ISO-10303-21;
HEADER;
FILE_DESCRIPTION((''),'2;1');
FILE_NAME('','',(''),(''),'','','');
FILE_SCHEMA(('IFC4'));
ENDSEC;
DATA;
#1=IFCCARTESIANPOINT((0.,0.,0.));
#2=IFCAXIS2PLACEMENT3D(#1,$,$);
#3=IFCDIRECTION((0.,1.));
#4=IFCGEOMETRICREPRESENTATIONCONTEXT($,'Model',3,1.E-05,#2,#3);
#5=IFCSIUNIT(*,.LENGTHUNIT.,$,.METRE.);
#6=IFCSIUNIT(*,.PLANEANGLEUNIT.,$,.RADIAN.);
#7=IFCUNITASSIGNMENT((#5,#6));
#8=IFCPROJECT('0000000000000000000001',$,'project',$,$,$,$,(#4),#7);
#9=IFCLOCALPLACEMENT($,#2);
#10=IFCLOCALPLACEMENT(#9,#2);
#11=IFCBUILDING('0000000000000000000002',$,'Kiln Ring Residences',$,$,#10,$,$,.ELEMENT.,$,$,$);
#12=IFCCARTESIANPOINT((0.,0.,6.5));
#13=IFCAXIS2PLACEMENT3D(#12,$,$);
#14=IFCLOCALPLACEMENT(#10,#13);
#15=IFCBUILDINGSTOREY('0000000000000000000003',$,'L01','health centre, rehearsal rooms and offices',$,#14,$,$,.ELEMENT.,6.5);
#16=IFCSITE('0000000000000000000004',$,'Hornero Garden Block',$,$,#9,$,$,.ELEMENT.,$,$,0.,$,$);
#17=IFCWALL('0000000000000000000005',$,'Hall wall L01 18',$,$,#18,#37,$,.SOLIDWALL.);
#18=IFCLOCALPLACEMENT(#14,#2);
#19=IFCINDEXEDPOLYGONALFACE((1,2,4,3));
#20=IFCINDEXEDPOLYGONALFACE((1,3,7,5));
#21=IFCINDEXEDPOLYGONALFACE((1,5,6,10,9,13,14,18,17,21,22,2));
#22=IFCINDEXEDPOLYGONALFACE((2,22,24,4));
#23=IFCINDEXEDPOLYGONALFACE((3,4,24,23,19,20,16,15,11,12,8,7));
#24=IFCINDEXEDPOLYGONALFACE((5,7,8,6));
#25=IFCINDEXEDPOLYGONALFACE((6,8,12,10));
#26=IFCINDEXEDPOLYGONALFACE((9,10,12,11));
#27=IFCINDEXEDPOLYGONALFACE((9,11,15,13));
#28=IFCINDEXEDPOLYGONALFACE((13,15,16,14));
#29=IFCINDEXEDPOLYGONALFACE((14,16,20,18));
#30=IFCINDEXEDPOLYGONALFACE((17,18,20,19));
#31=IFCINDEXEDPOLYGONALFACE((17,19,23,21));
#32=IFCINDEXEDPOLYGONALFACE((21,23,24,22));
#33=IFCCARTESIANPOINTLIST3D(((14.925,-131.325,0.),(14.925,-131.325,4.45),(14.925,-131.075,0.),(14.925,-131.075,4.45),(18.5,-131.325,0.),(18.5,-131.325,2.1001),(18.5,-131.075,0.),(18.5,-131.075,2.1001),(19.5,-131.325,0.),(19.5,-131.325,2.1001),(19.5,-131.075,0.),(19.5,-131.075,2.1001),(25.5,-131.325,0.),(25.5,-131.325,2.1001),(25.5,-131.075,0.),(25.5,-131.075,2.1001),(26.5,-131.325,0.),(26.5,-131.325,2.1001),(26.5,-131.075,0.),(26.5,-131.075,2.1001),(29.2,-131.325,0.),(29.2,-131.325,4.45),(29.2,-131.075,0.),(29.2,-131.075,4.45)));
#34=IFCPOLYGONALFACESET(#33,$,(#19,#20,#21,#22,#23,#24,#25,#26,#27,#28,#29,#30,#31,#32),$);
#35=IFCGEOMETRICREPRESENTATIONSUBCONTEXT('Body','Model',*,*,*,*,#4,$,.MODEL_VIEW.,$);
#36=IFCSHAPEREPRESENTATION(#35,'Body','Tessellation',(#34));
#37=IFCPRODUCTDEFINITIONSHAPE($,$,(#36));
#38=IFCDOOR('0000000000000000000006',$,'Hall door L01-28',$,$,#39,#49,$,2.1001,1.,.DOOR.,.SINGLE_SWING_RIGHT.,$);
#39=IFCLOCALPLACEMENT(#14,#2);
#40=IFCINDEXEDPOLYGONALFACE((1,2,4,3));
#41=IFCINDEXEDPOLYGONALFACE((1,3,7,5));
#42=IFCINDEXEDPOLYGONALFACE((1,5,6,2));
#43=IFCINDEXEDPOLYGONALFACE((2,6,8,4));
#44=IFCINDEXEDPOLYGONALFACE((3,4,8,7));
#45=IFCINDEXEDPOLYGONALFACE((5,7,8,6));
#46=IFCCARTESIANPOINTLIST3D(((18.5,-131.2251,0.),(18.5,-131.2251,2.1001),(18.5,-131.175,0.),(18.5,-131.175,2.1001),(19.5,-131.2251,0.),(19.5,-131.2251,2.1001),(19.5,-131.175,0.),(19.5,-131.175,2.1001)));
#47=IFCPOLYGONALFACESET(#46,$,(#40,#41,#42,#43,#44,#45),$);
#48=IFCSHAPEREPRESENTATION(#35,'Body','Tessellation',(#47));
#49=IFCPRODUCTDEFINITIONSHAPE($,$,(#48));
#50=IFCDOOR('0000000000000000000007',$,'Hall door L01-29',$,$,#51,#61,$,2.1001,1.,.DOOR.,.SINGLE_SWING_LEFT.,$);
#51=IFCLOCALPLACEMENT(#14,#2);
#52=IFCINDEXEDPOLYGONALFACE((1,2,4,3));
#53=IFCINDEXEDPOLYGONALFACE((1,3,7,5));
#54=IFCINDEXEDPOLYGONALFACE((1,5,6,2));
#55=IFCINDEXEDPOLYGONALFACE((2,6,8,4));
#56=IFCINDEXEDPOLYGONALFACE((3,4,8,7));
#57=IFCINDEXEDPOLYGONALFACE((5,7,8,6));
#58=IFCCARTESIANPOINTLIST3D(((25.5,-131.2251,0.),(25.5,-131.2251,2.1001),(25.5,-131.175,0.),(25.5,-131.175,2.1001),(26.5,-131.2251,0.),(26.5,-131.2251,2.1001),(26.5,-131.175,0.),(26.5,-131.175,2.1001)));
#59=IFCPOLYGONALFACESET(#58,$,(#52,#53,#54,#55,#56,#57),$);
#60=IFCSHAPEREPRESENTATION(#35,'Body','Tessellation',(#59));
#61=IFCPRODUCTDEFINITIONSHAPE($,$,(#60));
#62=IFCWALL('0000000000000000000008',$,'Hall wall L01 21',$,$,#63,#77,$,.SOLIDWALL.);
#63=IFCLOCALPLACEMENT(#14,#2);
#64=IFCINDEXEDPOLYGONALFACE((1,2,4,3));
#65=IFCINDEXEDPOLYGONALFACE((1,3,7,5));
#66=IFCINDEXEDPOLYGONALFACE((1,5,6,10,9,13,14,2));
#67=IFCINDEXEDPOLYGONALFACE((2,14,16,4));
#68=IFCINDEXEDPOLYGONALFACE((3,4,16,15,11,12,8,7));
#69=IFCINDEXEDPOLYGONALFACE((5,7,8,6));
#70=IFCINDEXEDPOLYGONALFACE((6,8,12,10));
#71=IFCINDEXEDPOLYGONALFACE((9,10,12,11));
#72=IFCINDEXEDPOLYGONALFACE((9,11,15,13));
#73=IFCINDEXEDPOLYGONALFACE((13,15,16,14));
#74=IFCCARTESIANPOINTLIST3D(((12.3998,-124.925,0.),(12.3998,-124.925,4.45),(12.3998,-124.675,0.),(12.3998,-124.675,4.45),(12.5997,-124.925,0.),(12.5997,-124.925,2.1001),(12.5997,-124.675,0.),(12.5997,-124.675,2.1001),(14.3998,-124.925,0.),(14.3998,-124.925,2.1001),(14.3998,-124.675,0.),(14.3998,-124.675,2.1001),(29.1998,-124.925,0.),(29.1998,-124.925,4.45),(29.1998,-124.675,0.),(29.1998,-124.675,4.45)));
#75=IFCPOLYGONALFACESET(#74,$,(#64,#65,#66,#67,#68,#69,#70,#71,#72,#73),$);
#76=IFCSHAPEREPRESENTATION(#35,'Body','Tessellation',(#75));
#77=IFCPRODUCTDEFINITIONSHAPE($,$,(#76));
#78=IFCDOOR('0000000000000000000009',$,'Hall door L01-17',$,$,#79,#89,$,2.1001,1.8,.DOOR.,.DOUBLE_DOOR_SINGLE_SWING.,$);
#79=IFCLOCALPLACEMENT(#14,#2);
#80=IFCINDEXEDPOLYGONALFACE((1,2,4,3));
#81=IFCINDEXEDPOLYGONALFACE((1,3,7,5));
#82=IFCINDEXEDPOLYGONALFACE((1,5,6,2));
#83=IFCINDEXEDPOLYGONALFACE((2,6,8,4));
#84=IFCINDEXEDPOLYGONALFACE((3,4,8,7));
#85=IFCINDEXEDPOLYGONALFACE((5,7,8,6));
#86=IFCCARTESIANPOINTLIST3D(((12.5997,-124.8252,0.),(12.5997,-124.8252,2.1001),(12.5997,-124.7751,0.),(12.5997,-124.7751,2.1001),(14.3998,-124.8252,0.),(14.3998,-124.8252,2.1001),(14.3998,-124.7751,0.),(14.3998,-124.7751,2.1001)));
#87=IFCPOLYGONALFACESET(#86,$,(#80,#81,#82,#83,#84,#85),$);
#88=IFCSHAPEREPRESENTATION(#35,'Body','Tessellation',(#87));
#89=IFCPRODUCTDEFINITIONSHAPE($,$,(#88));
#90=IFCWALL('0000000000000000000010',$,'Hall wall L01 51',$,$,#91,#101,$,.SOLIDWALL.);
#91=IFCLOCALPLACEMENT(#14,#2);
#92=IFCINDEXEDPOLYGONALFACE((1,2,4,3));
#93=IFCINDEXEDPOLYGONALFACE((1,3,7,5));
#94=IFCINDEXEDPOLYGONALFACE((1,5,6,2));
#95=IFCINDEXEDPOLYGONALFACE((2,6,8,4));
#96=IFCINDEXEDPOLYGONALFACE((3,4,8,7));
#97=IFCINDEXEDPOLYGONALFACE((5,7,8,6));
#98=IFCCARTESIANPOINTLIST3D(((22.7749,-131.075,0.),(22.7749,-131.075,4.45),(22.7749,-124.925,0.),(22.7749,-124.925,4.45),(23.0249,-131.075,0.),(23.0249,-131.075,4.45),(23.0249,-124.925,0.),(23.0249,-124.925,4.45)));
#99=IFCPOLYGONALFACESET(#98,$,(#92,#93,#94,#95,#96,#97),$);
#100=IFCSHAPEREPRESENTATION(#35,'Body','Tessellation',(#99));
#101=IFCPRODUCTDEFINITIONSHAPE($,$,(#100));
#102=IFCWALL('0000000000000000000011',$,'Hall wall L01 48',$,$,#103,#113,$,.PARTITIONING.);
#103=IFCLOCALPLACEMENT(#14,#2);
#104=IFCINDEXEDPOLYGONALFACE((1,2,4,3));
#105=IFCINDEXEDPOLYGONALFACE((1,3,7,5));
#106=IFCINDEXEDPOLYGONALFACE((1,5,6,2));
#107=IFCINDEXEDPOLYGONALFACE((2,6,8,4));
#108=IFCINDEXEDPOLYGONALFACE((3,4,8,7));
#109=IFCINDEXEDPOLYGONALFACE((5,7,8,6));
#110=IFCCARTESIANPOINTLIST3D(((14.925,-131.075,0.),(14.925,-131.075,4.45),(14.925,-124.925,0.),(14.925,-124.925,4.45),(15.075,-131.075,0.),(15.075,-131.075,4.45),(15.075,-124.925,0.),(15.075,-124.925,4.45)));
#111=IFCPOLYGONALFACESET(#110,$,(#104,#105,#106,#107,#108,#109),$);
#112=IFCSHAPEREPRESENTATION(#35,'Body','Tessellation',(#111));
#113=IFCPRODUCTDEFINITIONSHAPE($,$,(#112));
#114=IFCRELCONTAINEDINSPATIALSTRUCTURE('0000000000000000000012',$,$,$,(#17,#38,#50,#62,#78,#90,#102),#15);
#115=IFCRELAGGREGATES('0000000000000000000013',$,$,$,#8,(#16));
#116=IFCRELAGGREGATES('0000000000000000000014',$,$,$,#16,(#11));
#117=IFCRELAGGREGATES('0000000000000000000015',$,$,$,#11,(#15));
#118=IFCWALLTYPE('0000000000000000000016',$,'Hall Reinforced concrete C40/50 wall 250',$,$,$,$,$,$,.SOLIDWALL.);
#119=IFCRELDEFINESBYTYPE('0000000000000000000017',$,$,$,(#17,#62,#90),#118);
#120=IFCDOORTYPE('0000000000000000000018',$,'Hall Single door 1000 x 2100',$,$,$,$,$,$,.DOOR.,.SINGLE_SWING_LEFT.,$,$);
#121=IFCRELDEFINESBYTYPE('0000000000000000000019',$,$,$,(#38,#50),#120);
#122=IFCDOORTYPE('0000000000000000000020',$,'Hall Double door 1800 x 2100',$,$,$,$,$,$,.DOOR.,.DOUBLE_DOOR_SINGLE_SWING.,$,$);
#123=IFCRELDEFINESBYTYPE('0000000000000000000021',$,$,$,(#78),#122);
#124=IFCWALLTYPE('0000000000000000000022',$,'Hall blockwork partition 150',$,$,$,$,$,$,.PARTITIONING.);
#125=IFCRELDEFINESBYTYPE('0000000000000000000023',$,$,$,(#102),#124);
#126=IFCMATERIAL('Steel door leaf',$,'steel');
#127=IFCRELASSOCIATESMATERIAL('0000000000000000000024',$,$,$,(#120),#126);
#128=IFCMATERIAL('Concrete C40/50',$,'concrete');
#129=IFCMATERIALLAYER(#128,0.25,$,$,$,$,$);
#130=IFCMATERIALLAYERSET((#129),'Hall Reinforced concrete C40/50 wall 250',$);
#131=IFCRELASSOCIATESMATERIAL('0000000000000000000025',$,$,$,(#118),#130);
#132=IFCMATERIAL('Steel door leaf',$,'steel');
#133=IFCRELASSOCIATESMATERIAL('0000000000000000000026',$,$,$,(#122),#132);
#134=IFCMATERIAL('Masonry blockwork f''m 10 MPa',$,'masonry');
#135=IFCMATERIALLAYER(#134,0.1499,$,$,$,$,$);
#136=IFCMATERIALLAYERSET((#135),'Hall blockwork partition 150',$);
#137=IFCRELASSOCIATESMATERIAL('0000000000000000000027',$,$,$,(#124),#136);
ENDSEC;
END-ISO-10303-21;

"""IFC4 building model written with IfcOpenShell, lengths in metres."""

from ifc_helpers import new_model, si_unit, direction, frame, frame_2d, origin, place, context, subcontext, project, spatial, rectangle, extrude, material, layer, layer_set, type_object, element, fill, save


model = new_model("IFC4")

# Units and contexts
model_context = context("Model", 3, precision=1e-05, world=origin(), true_north=direction((0.0, 1.0)))
body_context = subcontext(model_context, "Body", "Model", "MODEL_VIEW")
ifc_project = project(units=[si_unit("LENGTHUNIT", "METRE"), si_unit("PLANEANGLEUNIT", "RADIAN")], contexts=[model_context])

# Site, building, storey
site_placement = place(None, origin())
site = spatial("IfcSite", under=ifc_project, at=site_placement, Name="Hornero Garden Block", CompositionType="ELEMENT", RefElevation=0.0)
building_placement = place(site_placement, origin())
building = spatial("IfcBuilding", under=site, at=building_placement, Name="Kiln Ring Residences", CompositionType="ELEMENT")
storey_placement = place(building_placement, frame((0.0, 0.0, 6.5)))
storey = spatial("IfcBuildingStorey", under=building, at=storey_placement, Name="L01", Description="health centre, rehearsal rooms and offices", CompositionType="ELEMENT", Elevation=6.5)

# Shared definitions
ifc_material_1 = material(Name="Steel door leaf", Category="steel")
door_type_1 = type_object("IfcDoorType", Name="Hall Single door 1000 x 2100", OperationType="SINGLE_SWING_LEFT", PredefinedType="DOOR", material=ifc_material_1)

# Wall, openings, doors
ifc_material_2 = material(Name="Concrete C40/50", Category="concrete")
ifc_layer_1 = layer(ifc_material_2, 0.25)
ifc_layer_set_1 = layer_set([ifc_layer_1], Name="Hall Reinforced concrete C40/50 wall 250")
wall_type_1 = type_object("IfcWallType", Name="Hall Reinforced concrete C40/50 wall 250", PredefinedType="SOLIDWALL", material=ifc_layer_set_1)
wall_1_placement = place(storey_placement, frame((14.925, -131.2, 0.0), z_axis=(0.0, 0.0, 1.0), x_axis=(1.0, 0.0, 0.0)))
wall_1 = element("IfcWall", 1, at=wall_1_placement, inside=storey, type_object=wall_type_1, Name="Hall wall L01 18", PredefinedType="SOLIDWALL", context=body_context, shape_type="SweptSolid", body=[
    extrude(rectangle(XDim=14.2749, YDim=0.25, at=frame_2d((7.1375, 0.0))), origin(), (0.0, 0.0, 1.0), 4.45),
])
opening_1_placement = place(wall_1_placement, frame((3.575, 0.0, 0.0)))
opening_1 = element("IfcOpeningElement", 2, at=opening_1_placement, cuts=wall_1, PredefinedType="OPENING", context=body_context, shape_type="SweptSolid", body=[
    extrude(rectangle(XDim=1.0, YDim=2.1001, at=frame_2d((0.5, 1.05))), frame((0.0, 0.135, 0.0), z_axis=(0.0, -1.0, 0.0), x_axis=(1.0, 0.0, 0.0)), (0.0, 0.0, 1.0), 0.27),
])
opening_2_placement = place(wall_1_placement, frame((10.575, 0.0, 0.0)))
opening_2 = element("IfcOpeningElement", 3, at=opening_2_placement, cuts=wall_1, PredefinedType="OPENING", context=body_context, shape_type="SweptSolid", body=[
    extrude(rectangle(XDim=1.0, YDim=2.1001, at=frame_2d((0.5, 1.05))), frame((0.0, 0.135, 0.0), z_axis=(0.0, -1.0, 0.0), x_axis=(1.0, 0.0, 0.0)), (0.0, 0.0, 1.0), 0.27),
])
door_1_placement = place(opening_1_placement, origin())
door_1 = element("IfcDoor", 4, at=door_1_placement, inside=storey, type_object=door_type_1, Name="Hall door L01-28", OperationType="SINGLE_SWING_RIGHT", OverallHeight=2.1001, OverallWidth=1.0, PredefinedType="DOOR", context=body_context, shape_type="SweptSolid", body=[
    extrude(rectangle(XDim=1.0, YDim=2.1001, at=frame_2d((0.5, 1.05))), frame((0.0, 0.0249, 0.0), z_axis=(0.0, -1.0, 0.0), x_axis=(1.0, 0.0, 0.0)), (0.0, 0.0, 1.0), 0.05),
])
fill(opening_1, door_1)
door_2_placement = place(opening_2_placement, origin())
door_2 = element("IfcDoor", 5, at=door_2_placement, inside=storey, type_object=door_type_1, Name="Hall door L01-29", OperationType="SINGLE_SWING_LEFT", OverallHeight=2.1001, OverallWidth=1.0, PredefinedType="DOOR", context=body_context, shape_type="SweptSolid", body=[
    extrude(rectangle(XDim=1.0, YDim=2.1001, at=frame_2d((0.5, 1.05))), frame((0.0, 0.0249, 0.0), z_axis=(0.0, -1.0, 0.0), x_axis=(1.0, 0.0, 0.0)), (0.0, 0.0, 1.0), 0.05),
])
fill(opening_2, door_2)

# Wall, opening, door
wall_2_placement = place(storey_placement, frame((12.3999, -124.8, 0.0), z_axis=(0.0, 0.0, 1.0), x_axis=(1.0, 0.0, 0.0)))
wall_2 = element("IfcWall", 6, at=wall_2_placement, inside=storey, type_object=wall_type_1, Name="Hall wall L01 21", PredefinedType="SOLIDWALL", context=body_context, shape_type="SweptSolid", body=[
    extrude(rectangle(XDim=16.8, YDim=0.25, at=frame_2d((8.3999, 0.0))), origin(), (0.0, 0.0, 1.0), 4.45),
])
opening_3_placement = place(wall_2_placement, frame((0.2, 0.0, 0.0)))
opening_3 = element("IfcOpeningElement", 7, at=opening_3_placement, cuts=wall_2, PredefinedType="OPENING", context=body_context, shape_type="SweptSolid", body=[
    extrude(rectangle(XDim=1.8, YDim=2.1001, at=frame_2d((0.8999, 1.05))), frame((0.0, 0.135, 0.0), z_axis=(0.0, -1.0, 0.0), x_axis=(1.0, 0.0, 0.0)), (0.0, 0.0, 1.0), 0.27),
])
ifc_material_3 = material(Name="Steel door leaf", Category="steel")
door_type_2 = type_object("IfcDoorType", Name="Hall Double door 1800 x 2100", OperationType="DOUBLE_DOOR_SINGLE_SWING", PredefinedType="DOOR", material=ifc_material_3)
door_3_placement = place(opening_3_placement, origin())
door_3 = element("IfcDoor", 8, at=door_3_placement, inside=storey, type_object=door_type_2, Name="Hall door L01-17", OperationType="DOUBLE_DOOR_SINGLE_SWING", OverallHeight=2.1001, OverallWidth=1.8, PredefinedType="DOOR", context=body_context, shape_type="SweptSolid", body=[
    extrude(rectangle(XDim=1.8, YDim=2.1001, at=frame_2d((0.8999, 1.05))), frame((0.0, 0.0249, 0.0), z_axis=(0.0, -1.0, 0.0), x_axis=(1.0, 0.0, 0.0)), (0.0, 0.0, 1.0), 0.05),
])
fill(opening_3, door_3)

# Walls
wall_3_placement = place(storey_placement, frame((22.8999, -131.075, 0.0), z_axis=(0.0, 0.0, 1.0), x_axis=(0.0, 1.0, 0.0)))
element("IfcWall", 9, at=wall_3_placement, inside=storey, type_object=wall_type_1, Name="Hall wall L01 51", PredefinedType="SOLIDWALL", context=body_context, shape_type="SweptSolid", body=[
    extrude(rectangle(XDim=6.1499, YDim=0.25, at=frame_2d((3.075, 0.0))), origin(), (0.0, 0.0, 1.0), 4.45),
])
ifc_material_4 = material(Name="Masonry blockwork f'm 10 MPa", Category="masonry")
ifc_layer_2 = layer(ifc_material_4, 0.1499)
ifc_layer_set_2 = layer_set([ifc_layer_2], Name="Hall blockwork partition 150")
wall_type_2 = type_object("IfcWallType", Name="Hall blockwork partition 150", PredefinedType="PARTITIONING", material=ifc_layer_set_2)
wall_4_placement = place(storey_placement, frame((15.0, -131.075, 0.0), z_axis=(0.0, 0.0, 1.0), x_axis=(0.0, 1.0, 0.0)))
element("IfcWall", 10, at=wall_4_placement, inside=storey, type_object=wall_type_2, Name="Hall wall L01 48", PredefinedType="PARTITIONING", context=body_context, shape_type="SweptSolid", body=[
    extrude(rectangle(XDim=6.1499, YDim=0.1499, at=frame_2d((3.075, 0.0))), origin(), (0.0, 0.0, 1.0), 4.45),
])

save(model, "model.ifc")
